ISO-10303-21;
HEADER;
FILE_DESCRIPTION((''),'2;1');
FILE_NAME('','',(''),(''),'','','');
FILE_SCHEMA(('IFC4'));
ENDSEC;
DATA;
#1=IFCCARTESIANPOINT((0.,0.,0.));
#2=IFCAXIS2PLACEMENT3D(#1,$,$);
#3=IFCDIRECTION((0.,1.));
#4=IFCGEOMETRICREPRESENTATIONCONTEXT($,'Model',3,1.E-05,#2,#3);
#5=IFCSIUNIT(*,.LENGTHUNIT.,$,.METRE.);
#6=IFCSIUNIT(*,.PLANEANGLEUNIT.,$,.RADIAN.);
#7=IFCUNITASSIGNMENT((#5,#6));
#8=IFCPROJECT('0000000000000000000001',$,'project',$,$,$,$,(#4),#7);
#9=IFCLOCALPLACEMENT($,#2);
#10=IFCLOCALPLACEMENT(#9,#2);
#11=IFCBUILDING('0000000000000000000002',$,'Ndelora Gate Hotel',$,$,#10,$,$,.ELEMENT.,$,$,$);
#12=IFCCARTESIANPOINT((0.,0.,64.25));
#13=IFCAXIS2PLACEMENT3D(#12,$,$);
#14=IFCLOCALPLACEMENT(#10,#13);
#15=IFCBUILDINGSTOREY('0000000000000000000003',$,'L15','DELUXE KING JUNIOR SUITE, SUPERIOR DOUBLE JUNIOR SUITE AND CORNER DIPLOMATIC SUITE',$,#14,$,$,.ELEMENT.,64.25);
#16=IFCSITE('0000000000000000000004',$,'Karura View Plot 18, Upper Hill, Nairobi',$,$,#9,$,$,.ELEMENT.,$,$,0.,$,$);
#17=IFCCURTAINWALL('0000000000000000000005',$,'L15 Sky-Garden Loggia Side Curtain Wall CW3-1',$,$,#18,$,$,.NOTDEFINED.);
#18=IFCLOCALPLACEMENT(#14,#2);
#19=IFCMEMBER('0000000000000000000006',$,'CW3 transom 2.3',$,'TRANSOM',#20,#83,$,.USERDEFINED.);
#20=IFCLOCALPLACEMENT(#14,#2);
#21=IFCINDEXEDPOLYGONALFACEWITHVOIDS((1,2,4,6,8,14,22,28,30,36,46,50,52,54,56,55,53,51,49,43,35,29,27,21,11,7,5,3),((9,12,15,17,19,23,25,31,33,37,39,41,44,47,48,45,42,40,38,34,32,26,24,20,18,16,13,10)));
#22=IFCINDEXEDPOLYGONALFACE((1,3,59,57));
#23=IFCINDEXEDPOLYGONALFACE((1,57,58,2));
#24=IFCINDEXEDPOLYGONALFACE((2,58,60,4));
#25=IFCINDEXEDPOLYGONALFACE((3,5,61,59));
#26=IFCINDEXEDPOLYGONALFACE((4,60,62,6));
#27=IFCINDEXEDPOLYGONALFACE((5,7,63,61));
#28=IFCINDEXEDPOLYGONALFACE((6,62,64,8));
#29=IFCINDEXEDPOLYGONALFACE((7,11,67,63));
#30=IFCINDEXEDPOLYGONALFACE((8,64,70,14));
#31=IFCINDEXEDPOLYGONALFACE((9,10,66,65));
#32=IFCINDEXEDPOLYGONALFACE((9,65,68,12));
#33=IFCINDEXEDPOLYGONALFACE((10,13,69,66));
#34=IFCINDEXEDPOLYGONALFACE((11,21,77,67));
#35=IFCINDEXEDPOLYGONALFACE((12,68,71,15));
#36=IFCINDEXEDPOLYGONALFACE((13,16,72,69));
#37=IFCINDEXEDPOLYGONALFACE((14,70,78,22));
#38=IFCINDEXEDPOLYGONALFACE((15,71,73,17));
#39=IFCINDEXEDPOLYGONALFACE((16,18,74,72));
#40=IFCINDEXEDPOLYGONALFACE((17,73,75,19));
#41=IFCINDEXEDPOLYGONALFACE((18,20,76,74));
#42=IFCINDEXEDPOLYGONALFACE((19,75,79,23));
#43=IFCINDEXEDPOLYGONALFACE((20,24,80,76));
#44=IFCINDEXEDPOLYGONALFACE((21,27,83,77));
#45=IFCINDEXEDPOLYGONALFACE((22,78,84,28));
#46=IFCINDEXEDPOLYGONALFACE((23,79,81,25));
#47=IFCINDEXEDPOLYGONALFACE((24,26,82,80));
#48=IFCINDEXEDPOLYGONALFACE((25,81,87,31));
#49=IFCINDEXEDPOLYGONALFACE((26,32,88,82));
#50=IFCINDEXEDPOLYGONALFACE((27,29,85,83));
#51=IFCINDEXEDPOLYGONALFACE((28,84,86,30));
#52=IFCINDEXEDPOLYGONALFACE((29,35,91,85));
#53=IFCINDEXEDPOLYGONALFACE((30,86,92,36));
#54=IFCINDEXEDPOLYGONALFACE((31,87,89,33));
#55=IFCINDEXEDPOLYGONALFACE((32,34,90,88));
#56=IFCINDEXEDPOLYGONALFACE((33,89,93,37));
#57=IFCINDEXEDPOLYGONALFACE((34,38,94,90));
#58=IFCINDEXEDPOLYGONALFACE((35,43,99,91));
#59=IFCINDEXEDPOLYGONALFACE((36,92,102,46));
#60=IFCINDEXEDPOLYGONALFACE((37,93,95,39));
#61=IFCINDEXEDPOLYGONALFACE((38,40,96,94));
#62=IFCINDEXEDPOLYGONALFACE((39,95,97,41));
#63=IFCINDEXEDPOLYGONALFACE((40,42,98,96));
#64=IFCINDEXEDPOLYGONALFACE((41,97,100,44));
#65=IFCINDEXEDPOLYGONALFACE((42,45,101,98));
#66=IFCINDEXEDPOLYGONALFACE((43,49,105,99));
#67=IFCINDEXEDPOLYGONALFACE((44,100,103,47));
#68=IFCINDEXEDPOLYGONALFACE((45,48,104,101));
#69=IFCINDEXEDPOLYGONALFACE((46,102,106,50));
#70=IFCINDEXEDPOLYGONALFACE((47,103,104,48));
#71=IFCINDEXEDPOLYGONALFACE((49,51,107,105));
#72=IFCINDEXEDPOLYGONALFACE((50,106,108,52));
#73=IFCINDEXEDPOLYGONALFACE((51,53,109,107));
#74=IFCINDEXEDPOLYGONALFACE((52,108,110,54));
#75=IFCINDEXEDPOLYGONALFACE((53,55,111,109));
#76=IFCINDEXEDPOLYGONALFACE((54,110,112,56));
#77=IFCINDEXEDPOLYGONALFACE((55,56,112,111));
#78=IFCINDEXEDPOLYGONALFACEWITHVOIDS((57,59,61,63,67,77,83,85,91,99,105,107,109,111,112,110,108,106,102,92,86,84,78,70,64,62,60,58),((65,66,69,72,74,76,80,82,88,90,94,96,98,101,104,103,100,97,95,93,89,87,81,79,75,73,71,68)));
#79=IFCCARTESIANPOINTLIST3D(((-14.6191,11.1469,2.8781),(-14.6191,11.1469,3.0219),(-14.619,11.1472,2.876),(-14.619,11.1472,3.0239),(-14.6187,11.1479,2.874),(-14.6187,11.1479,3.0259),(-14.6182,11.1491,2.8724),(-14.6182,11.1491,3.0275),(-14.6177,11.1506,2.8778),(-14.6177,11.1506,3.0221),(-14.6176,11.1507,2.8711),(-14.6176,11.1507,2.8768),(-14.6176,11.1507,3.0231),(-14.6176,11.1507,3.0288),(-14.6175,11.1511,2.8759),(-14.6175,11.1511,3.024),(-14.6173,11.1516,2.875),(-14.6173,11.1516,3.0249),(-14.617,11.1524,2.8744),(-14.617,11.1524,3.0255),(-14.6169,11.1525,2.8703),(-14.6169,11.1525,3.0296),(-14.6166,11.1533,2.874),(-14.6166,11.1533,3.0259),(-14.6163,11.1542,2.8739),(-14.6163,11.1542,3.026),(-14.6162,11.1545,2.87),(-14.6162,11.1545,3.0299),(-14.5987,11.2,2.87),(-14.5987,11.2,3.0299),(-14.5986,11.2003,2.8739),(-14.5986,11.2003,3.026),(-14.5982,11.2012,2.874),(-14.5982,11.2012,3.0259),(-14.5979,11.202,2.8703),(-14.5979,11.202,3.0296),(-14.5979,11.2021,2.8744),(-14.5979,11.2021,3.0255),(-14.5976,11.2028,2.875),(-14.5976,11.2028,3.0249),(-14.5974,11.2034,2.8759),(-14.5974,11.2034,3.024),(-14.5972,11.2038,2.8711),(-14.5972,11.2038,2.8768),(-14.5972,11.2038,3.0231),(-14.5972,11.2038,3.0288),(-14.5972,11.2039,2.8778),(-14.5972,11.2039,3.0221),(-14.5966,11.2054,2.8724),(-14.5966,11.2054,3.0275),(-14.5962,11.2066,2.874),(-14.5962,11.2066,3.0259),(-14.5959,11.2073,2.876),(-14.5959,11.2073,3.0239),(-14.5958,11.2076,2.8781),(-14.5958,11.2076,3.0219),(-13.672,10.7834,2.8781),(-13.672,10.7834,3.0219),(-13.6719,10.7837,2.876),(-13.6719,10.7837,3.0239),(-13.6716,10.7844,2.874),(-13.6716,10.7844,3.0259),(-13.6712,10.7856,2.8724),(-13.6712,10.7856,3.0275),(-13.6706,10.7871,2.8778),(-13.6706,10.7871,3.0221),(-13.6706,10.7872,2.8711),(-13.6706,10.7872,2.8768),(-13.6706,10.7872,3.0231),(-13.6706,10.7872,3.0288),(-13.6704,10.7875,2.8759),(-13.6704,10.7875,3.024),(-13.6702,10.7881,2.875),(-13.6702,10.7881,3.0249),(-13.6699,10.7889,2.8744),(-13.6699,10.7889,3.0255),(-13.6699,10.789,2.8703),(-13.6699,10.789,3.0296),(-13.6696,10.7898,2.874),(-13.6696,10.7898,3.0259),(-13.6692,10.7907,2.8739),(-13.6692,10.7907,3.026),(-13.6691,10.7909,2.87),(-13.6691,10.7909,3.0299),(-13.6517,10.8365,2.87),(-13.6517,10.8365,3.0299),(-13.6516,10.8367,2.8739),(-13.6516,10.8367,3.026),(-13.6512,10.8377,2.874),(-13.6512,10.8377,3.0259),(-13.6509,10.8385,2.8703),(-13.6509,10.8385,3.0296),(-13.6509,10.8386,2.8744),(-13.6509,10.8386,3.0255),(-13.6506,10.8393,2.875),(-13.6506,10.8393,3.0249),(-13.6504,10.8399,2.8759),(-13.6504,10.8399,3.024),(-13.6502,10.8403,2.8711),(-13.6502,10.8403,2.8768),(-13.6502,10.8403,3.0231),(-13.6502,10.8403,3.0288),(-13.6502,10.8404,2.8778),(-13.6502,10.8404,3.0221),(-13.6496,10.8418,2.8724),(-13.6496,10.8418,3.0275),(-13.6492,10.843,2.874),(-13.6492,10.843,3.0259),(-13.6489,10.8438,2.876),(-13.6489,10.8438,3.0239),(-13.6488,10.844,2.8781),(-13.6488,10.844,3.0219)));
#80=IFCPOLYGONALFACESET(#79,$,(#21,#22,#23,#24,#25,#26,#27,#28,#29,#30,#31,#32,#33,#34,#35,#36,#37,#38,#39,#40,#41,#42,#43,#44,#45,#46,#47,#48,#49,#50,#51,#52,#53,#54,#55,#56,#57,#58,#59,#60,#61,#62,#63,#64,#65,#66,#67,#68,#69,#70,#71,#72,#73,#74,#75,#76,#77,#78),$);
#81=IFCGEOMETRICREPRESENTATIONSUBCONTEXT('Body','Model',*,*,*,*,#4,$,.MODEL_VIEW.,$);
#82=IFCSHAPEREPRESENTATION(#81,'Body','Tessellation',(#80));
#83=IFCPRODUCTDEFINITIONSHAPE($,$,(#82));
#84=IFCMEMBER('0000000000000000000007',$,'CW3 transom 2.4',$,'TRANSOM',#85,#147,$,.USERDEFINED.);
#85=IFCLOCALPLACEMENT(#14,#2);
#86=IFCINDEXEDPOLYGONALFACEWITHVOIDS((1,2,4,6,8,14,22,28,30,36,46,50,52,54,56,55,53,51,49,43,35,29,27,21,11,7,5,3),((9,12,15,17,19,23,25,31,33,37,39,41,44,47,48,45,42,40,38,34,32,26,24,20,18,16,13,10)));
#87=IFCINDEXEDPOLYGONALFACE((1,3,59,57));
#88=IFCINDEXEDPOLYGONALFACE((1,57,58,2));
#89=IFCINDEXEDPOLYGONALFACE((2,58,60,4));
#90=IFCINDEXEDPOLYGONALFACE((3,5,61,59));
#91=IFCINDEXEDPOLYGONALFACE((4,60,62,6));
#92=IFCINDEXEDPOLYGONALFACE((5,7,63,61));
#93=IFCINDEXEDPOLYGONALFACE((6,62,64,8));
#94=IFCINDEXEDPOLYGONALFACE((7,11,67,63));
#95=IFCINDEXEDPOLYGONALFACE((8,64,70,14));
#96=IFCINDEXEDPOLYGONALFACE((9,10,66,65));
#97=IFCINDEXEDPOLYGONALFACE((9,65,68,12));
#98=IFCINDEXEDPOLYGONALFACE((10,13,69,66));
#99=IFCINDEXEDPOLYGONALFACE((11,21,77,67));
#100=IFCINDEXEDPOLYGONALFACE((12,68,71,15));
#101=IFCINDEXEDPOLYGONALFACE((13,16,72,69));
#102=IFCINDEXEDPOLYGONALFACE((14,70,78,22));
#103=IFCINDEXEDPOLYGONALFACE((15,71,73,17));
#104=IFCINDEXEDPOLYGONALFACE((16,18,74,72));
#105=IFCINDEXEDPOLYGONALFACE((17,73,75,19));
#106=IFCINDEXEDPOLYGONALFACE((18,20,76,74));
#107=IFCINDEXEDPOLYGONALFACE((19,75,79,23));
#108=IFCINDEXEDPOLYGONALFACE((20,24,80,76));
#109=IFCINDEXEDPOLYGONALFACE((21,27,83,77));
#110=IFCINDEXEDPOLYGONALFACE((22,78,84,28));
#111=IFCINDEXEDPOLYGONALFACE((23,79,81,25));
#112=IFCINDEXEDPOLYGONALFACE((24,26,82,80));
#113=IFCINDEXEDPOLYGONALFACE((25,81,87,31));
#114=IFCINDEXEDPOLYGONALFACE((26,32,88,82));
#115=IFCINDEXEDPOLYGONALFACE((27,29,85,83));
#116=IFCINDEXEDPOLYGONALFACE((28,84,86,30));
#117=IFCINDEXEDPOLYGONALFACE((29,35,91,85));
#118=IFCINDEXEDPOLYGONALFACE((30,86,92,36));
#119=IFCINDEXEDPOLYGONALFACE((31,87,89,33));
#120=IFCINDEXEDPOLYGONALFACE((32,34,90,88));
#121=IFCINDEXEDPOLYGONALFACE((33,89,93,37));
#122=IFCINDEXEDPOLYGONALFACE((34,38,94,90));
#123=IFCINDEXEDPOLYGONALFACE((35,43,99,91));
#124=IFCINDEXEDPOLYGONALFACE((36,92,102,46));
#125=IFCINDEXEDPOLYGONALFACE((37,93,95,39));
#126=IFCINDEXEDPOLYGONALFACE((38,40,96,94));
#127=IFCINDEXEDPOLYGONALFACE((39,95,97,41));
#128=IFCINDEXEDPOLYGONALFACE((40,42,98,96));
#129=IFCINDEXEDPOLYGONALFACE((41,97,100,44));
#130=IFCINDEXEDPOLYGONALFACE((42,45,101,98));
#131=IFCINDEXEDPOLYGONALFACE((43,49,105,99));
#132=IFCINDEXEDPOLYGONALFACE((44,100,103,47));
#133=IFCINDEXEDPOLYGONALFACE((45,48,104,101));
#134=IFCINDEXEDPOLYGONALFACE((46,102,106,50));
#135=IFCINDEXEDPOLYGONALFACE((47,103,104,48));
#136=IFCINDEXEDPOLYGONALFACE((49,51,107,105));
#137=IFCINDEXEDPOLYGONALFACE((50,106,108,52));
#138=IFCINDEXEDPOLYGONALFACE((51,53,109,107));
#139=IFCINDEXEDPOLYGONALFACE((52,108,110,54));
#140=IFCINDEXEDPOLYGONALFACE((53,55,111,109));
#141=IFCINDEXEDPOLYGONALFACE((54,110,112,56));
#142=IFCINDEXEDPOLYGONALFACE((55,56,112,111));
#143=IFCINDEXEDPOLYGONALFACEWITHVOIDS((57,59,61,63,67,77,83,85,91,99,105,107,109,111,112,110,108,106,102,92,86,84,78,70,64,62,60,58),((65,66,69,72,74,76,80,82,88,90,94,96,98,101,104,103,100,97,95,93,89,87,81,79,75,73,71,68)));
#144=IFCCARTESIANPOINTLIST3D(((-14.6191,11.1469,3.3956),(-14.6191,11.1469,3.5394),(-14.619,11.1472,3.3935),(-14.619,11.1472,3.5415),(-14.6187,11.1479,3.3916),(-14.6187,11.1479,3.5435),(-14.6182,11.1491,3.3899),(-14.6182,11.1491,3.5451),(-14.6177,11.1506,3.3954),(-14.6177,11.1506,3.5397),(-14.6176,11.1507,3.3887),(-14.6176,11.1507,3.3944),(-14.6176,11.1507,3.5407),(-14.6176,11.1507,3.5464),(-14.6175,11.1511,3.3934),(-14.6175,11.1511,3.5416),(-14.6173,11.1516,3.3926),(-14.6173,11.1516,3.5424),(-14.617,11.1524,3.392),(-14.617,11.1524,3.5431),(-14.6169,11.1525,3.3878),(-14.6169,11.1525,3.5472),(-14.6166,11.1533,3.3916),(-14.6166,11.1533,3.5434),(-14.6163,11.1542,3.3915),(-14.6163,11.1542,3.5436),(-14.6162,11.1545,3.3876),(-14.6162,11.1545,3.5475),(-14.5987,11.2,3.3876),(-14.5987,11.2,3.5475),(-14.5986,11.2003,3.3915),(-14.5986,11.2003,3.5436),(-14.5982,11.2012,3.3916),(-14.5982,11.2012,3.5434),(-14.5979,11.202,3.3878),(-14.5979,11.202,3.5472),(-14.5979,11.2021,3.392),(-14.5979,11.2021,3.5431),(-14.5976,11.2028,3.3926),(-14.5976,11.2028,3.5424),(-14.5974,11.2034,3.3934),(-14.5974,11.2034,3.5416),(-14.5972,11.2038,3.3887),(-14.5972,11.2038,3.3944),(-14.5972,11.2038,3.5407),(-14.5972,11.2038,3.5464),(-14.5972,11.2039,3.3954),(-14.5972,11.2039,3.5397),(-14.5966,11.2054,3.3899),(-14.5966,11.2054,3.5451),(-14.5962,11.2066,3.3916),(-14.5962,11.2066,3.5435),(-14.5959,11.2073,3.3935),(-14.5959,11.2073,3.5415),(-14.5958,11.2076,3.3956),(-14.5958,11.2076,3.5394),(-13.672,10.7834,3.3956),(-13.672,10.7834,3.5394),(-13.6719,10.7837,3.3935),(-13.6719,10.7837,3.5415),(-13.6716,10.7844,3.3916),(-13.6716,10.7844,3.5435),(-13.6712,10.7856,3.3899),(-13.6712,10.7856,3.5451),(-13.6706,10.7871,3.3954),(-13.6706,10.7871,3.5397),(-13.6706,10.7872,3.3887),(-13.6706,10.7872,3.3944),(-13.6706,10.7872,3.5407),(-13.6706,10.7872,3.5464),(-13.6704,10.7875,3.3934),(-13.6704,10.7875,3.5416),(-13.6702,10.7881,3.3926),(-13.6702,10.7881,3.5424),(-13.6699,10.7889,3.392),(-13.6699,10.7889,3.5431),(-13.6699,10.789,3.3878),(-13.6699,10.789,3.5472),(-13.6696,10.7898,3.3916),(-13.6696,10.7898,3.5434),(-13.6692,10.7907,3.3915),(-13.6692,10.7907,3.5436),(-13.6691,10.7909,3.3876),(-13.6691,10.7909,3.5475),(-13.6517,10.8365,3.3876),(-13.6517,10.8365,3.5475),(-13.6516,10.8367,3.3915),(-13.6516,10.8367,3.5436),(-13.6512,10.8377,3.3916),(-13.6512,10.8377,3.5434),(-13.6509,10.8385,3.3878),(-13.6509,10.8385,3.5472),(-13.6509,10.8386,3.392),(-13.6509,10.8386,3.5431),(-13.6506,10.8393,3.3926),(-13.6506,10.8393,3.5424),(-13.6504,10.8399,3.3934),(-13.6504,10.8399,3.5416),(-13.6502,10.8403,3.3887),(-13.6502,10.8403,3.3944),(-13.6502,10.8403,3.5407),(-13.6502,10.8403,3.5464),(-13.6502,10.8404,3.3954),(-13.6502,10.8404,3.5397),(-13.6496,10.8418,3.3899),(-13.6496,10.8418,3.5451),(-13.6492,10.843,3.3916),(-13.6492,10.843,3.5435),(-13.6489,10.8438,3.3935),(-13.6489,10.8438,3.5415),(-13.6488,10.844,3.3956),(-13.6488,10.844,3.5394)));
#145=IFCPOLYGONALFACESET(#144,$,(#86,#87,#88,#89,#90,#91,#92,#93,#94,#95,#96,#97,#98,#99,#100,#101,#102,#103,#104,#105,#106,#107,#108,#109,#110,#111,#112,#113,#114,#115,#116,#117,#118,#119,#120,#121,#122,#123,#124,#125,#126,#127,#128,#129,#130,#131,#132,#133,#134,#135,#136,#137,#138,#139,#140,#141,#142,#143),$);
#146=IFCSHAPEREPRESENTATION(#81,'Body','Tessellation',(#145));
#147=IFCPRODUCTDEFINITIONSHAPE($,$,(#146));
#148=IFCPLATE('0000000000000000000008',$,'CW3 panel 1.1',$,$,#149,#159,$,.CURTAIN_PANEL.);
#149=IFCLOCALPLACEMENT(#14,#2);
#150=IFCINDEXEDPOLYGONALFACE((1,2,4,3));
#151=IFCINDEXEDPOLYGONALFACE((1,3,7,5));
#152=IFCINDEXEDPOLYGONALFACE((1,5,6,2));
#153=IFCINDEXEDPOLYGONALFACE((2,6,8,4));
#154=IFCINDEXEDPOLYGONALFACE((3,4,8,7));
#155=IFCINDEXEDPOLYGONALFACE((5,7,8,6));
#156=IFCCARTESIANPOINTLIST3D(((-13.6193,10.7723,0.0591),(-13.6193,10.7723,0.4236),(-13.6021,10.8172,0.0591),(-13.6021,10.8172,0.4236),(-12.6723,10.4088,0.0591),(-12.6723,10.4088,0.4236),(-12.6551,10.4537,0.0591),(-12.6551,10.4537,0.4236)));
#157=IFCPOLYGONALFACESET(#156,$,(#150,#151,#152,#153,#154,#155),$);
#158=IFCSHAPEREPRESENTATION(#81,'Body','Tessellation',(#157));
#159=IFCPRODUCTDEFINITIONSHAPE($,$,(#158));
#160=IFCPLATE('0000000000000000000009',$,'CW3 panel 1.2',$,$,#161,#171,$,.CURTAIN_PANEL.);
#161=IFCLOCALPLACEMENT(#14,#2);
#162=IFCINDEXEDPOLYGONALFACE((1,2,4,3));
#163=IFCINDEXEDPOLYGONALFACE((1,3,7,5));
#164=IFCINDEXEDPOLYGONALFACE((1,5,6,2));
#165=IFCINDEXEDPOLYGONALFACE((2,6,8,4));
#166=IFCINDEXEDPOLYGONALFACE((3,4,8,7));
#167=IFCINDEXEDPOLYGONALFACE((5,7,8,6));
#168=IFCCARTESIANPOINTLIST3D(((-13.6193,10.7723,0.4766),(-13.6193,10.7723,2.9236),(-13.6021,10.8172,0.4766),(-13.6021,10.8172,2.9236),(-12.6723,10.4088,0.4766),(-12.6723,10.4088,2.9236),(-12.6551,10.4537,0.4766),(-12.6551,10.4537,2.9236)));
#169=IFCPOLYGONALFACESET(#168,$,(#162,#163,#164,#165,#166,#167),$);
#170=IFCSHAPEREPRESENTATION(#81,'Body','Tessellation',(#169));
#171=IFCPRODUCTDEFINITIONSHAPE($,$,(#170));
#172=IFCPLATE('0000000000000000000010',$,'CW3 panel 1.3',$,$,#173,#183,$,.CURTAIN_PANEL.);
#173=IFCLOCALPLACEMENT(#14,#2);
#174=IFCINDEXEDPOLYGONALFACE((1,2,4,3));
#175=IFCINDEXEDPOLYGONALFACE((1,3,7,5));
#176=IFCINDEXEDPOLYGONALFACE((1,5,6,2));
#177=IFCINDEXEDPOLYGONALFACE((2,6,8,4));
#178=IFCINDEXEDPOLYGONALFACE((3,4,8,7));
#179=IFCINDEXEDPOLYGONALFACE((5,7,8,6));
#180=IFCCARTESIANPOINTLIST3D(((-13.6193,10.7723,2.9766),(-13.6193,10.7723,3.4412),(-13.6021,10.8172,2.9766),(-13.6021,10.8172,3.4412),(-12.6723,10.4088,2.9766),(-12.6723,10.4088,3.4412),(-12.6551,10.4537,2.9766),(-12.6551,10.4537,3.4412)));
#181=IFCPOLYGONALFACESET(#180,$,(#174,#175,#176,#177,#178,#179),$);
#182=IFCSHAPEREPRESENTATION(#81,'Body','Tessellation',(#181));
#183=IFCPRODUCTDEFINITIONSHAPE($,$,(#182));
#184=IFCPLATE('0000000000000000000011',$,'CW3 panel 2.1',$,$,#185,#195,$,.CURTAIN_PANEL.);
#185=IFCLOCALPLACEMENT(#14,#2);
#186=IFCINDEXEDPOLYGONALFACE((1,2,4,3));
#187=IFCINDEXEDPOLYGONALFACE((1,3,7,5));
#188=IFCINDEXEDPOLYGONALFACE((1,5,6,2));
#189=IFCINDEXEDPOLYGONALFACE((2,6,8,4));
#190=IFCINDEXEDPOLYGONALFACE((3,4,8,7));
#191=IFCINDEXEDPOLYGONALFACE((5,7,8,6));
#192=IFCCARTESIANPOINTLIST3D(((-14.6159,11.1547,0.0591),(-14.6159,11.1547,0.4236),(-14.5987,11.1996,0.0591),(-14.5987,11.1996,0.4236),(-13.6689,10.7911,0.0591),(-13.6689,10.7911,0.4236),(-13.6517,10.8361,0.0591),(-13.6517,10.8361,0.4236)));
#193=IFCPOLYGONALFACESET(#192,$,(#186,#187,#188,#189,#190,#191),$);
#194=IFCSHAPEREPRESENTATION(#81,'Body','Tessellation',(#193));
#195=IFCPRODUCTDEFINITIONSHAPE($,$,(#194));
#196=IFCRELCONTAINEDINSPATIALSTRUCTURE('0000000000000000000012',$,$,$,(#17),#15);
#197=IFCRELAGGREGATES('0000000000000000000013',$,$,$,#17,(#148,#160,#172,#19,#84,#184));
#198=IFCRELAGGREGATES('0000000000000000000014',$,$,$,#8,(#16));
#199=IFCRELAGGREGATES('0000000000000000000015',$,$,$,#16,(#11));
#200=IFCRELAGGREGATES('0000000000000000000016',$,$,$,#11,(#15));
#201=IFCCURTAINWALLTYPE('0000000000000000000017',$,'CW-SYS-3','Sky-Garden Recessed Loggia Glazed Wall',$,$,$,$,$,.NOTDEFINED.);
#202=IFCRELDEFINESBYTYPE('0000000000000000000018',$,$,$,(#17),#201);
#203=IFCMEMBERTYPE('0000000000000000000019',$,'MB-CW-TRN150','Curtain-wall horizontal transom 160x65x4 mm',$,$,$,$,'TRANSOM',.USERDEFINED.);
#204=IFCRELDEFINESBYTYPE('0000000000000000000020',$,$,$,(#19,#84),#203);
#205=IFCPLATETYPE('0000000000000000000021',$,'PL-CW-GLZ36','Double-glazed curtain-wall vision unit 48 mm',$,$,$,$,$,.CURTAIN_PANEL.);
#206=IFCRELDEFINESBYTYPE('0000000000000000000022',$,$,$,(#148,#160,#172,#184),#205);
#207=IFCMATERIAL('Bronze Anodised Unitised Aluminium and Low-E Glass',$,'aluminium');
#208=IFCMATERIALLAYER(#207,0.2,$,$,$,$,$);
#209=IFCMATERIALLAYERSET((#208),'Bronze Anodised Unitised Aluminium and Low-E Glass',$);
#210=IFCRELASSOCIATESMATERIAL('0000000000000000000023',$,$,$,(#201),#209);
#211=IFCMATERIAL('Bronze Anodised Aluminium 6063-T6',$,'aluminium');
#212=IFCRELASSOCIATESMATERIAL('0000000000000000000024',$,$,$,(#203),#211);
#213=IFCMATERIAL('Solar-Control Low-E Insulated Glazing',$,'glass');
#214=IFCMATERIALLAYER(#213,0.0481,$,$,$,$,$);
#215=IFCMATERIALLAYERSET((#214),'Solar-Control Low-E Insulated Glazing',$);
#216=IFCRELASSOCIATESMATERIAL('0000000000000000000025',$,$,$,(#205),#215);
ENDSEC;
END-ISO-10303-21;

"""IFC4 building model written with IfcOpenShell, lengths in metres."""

from ifc_helpers import new_model, si_unit, direction, frame, origin, origin_2d, place, context, subcontext, project, spatial, rectangle, hollow_rectangle, extrude, material, layer, layer_set, material_profile, profile_set, type_object, element, aggregate, save


model = new_model("IFC4")

# Units and contexts
model_context = context("Model", 3, precision=1e-05, world=origin(), true_north=direction((0.0, 1.0)))
body_context = subcontext(model_context, "Body", "Model", "MODEL_VIEW")
ifc_project = project(units=[si_unit("LENGTHUNIT", "METRE"), si_unit("PLANEANGLEUNIT", "RADIAN")], contexts=[model_context])

# Site, building, storey
site_placement = place(None, origin())
site = spatial("IfcSite", under=ifc_project, at=site_placement, Name="Karura View Plot 18, Upper Hill, Nairobi", CompositionType="ELEMENT", RefElevation=0.0)
building_placement = place(site_placement, origin())
building = spatial("IfcBuilding", under=site, at=building_placement, Name="Ndelora Gate Hotel", CompositionType="ELEMENT")
storey_placement = place(building_placement, frame((0.0, 0.0, 64.25)))
storey = spatial("IfcBuildingStorey", under=building, at=storey_placement, Name="L15", Description="DELUXE KING JUNIOR SUITE, SUPERIOR DOUBLE JUNIOR SUITE AND CORNER DIPLOMATIC SUITE", CompositionType="ELEMENT", Elevation=64.25)

# Curtain wall, members, plates
ifc_material_1 = material(Name="Bronze Anodised Unitised Aluminium and Low-E Glass", Category="aluminium")
ifc_layer_1 = layer(ifc_material_1, 0.2)
ifc_layer_set_1 = layer_set([ifc_layer_1], Name="Bronze Anodised Unitised Aluminium and Low-E Glass")
curtain_wall_type = type_object("IfcCurtainWallType", Name="CW-SYS-3", Description="Sky-Garden Recessed Loggia Glazed Wall", PredefinedType="NOTDEFINED", material=ifc_layer_set_1)
curtain_wall_placement = place(storey_placement, origin())
curtain_wall = element("IfcCurtainWall", 1, at=curtain_wall_placement, inside=storey, type_object=curtain_wall_type, Name="L15 Sky-Garden Loggia Side Curtain Wall CW3-1", PredefinedType="NOTDEFINED")
ifc_material_2 = material(Name="Bronze Anodised Aluminium 6063-T6", Category="aluminium")
ifc_material_profile_1 = material_profile(ifc_material_2, hollow_rectangle(XDim=0.0649, YDim=0.1599, WallThickness=0.0039, InnerFilletRadius=0.0039, OuterFilletRadius=0.0081, at=origin_2d()), Name="ALU 160x65x4")
ifc_profile_set_1 = profile_set([ifc_material_profile_1], Name="Bronze Anodised Aluminium 6063-T6")
member_type_1 = type_object("IfcMemberType", Name="MB-CW-TRN150", Description="Curtain-wall horizontal transom 160x65x4 mm", ElementType="TRANSOM", PredefinedType="USERDEFINED", material=ifc_profile_set_1)
member_1_placement = place(storey_placement, frame((-13.6604, 10.8137, 2.95), z_axis=(-0.933581, 0.358366, 0.0), x_axis=(-0.358366, -0.933581, 0.0)))
member_1 = element("IfcMember", 2, at=member_1_placement, type_object=member_type_1, Name="CW3 transom 2.3", ObjectType="TRANSOM", PredefinedType="USERDEFINED", context=body_context, shape_type="SweptSolid", body=[
    extrude(hollow_rectangle(XDim=0.0649, YDim=0.1599, WallThickness=0.0039, InnerFilletRadius=0.0039, OuterFilletRadius=0.0081, at=origin_2d()), origin(), (0.0, 0.0, 1.0), 1.0144),
])
member_2_placement = place(storey_placement, frame((-13.6604, 10.8137, 3.4675), z_axis=(-0.933581, 0.358366, 0.0), x_axis=(-0.358366, -0.933581, 0.0)))
member_2 = element("IfcMember", 3, at=member_2_placement, type_object=member_type_1, Name="CW3 transom 2.4", ObjectType="TRANSOM", PredefinedType="USERDEFINED", context=body_context, shape_type="SweptSolid", body=[
    extrude(hollow_rectangle(XDim=0.0649, YDim=0.1599, WallThickness=0.0039, InnerFilletRadius=0.0039, OuterFilletRadius=0.0081, at=origin_2d()), origin(), (0.0, 0.0, 1.0), 1.0144),
])
ifc_material_3 = material(Name="Solar-Control Low-E Insulated Glazing", Category="glass")
ifc_layer_2 = layer(ifc_material_3, 0.0481)
ifc_layer_set_2 = layer_set([ifc_layer_2], Name="Solar-Control Low-E Insulated Glazing")
plate_type = type_object("IfcPlateType", Name="PL-CW-GLZ36", Description="Double-glazed curtain-wall vision unit 48 mm", PredefinedType="CURTAIN_PANEL", material=ifc_layer_set_2)
plate_1_placement = place(storey_placement, frame((-13.1372, 10.613, 0.0591), z_axis=(0.0, 0.0, 1.0), x_axis=(-0.933583, 0.358361, 0.0)))
plate_1 = element("IfcPlate", 4, at=plate_1_placement, type_object=plate_type, Name="CW3 panel 1.1", PredefinedType="CURTAIN_PANEL", context=body_context, shape_type="SweptSolid", body=[
    extrude(rectangle(XDim=1.0144, YDim=0.0481, at=origin_2d()), origin(), (0.0, 0.0, 1.0), 0.3645),
])
plate_2_placement = place(storey_placement, frame((-13.1372, 10.613, 0.4766), z_axis=(0.0, 0.0, 1.0), x_axis=(-0.933583, 0.358361, 0.0)))
plate_2 = element("IfcPlate", 5, at=plate_2_placement, type_object=plate_type, Name="CW3 panel 1.2", PredefinedType="CURTAIN_PANEL", context=body_context, shape_type="SweptSolid", body=[
    extrude(rectangle(XDim=1.0144, YDim=0.0481, at=origin_2d()), origin(), (0.0, 0.0, 1.0), 2.447),
])
plate_3_placement = place(storey_placement, frame((-13.1372, 10.613, 2.9766), z_axis=(0.0, 0.0, 1.0), x_axis=(-0.933583, 0.358361, 0.0)))
plate_3 = element("IfcPlate", 6, at=plate_3_placement, type_object=plate_type, Name="CW3 panel 1.3", PredefinedType="CURTAIN_PANEL", context=body_context, shape_type="SweptSolid", body=[
    extrude(rectangle(XDim=1.0144, YDim=0.0481, at=origin_2d()), origin(), (0.0, 0.0, 1.0), 0.4646),
])
plate_4_placement = place(storey_placement, frame((-14.1338, 10.9954, 0.0591), z_axis=(0.0, 0.0, 1.0), x_axis=(-0.933583, 0.358361, 0.0)))
plate_4 = element("IfcPlate", 7, at=plate_4_placement, type_object=plate_type, Name="CW3 panel 2.1", PredefinedType="CURTAIN_PANEL", context=body_context, shape_type="SweptSolid", body=[
    extrude(rectangle(XDim=1.0144, YDim=0.0481, at=origin_2d()), origin(), (0.0, 0.0, 1.0), 0.3645),
])
aggregate(curtain_wall, [plate_1, plate_2, plate_3, member_1, member_2, plate_4])

save(model, "model.ifc")
